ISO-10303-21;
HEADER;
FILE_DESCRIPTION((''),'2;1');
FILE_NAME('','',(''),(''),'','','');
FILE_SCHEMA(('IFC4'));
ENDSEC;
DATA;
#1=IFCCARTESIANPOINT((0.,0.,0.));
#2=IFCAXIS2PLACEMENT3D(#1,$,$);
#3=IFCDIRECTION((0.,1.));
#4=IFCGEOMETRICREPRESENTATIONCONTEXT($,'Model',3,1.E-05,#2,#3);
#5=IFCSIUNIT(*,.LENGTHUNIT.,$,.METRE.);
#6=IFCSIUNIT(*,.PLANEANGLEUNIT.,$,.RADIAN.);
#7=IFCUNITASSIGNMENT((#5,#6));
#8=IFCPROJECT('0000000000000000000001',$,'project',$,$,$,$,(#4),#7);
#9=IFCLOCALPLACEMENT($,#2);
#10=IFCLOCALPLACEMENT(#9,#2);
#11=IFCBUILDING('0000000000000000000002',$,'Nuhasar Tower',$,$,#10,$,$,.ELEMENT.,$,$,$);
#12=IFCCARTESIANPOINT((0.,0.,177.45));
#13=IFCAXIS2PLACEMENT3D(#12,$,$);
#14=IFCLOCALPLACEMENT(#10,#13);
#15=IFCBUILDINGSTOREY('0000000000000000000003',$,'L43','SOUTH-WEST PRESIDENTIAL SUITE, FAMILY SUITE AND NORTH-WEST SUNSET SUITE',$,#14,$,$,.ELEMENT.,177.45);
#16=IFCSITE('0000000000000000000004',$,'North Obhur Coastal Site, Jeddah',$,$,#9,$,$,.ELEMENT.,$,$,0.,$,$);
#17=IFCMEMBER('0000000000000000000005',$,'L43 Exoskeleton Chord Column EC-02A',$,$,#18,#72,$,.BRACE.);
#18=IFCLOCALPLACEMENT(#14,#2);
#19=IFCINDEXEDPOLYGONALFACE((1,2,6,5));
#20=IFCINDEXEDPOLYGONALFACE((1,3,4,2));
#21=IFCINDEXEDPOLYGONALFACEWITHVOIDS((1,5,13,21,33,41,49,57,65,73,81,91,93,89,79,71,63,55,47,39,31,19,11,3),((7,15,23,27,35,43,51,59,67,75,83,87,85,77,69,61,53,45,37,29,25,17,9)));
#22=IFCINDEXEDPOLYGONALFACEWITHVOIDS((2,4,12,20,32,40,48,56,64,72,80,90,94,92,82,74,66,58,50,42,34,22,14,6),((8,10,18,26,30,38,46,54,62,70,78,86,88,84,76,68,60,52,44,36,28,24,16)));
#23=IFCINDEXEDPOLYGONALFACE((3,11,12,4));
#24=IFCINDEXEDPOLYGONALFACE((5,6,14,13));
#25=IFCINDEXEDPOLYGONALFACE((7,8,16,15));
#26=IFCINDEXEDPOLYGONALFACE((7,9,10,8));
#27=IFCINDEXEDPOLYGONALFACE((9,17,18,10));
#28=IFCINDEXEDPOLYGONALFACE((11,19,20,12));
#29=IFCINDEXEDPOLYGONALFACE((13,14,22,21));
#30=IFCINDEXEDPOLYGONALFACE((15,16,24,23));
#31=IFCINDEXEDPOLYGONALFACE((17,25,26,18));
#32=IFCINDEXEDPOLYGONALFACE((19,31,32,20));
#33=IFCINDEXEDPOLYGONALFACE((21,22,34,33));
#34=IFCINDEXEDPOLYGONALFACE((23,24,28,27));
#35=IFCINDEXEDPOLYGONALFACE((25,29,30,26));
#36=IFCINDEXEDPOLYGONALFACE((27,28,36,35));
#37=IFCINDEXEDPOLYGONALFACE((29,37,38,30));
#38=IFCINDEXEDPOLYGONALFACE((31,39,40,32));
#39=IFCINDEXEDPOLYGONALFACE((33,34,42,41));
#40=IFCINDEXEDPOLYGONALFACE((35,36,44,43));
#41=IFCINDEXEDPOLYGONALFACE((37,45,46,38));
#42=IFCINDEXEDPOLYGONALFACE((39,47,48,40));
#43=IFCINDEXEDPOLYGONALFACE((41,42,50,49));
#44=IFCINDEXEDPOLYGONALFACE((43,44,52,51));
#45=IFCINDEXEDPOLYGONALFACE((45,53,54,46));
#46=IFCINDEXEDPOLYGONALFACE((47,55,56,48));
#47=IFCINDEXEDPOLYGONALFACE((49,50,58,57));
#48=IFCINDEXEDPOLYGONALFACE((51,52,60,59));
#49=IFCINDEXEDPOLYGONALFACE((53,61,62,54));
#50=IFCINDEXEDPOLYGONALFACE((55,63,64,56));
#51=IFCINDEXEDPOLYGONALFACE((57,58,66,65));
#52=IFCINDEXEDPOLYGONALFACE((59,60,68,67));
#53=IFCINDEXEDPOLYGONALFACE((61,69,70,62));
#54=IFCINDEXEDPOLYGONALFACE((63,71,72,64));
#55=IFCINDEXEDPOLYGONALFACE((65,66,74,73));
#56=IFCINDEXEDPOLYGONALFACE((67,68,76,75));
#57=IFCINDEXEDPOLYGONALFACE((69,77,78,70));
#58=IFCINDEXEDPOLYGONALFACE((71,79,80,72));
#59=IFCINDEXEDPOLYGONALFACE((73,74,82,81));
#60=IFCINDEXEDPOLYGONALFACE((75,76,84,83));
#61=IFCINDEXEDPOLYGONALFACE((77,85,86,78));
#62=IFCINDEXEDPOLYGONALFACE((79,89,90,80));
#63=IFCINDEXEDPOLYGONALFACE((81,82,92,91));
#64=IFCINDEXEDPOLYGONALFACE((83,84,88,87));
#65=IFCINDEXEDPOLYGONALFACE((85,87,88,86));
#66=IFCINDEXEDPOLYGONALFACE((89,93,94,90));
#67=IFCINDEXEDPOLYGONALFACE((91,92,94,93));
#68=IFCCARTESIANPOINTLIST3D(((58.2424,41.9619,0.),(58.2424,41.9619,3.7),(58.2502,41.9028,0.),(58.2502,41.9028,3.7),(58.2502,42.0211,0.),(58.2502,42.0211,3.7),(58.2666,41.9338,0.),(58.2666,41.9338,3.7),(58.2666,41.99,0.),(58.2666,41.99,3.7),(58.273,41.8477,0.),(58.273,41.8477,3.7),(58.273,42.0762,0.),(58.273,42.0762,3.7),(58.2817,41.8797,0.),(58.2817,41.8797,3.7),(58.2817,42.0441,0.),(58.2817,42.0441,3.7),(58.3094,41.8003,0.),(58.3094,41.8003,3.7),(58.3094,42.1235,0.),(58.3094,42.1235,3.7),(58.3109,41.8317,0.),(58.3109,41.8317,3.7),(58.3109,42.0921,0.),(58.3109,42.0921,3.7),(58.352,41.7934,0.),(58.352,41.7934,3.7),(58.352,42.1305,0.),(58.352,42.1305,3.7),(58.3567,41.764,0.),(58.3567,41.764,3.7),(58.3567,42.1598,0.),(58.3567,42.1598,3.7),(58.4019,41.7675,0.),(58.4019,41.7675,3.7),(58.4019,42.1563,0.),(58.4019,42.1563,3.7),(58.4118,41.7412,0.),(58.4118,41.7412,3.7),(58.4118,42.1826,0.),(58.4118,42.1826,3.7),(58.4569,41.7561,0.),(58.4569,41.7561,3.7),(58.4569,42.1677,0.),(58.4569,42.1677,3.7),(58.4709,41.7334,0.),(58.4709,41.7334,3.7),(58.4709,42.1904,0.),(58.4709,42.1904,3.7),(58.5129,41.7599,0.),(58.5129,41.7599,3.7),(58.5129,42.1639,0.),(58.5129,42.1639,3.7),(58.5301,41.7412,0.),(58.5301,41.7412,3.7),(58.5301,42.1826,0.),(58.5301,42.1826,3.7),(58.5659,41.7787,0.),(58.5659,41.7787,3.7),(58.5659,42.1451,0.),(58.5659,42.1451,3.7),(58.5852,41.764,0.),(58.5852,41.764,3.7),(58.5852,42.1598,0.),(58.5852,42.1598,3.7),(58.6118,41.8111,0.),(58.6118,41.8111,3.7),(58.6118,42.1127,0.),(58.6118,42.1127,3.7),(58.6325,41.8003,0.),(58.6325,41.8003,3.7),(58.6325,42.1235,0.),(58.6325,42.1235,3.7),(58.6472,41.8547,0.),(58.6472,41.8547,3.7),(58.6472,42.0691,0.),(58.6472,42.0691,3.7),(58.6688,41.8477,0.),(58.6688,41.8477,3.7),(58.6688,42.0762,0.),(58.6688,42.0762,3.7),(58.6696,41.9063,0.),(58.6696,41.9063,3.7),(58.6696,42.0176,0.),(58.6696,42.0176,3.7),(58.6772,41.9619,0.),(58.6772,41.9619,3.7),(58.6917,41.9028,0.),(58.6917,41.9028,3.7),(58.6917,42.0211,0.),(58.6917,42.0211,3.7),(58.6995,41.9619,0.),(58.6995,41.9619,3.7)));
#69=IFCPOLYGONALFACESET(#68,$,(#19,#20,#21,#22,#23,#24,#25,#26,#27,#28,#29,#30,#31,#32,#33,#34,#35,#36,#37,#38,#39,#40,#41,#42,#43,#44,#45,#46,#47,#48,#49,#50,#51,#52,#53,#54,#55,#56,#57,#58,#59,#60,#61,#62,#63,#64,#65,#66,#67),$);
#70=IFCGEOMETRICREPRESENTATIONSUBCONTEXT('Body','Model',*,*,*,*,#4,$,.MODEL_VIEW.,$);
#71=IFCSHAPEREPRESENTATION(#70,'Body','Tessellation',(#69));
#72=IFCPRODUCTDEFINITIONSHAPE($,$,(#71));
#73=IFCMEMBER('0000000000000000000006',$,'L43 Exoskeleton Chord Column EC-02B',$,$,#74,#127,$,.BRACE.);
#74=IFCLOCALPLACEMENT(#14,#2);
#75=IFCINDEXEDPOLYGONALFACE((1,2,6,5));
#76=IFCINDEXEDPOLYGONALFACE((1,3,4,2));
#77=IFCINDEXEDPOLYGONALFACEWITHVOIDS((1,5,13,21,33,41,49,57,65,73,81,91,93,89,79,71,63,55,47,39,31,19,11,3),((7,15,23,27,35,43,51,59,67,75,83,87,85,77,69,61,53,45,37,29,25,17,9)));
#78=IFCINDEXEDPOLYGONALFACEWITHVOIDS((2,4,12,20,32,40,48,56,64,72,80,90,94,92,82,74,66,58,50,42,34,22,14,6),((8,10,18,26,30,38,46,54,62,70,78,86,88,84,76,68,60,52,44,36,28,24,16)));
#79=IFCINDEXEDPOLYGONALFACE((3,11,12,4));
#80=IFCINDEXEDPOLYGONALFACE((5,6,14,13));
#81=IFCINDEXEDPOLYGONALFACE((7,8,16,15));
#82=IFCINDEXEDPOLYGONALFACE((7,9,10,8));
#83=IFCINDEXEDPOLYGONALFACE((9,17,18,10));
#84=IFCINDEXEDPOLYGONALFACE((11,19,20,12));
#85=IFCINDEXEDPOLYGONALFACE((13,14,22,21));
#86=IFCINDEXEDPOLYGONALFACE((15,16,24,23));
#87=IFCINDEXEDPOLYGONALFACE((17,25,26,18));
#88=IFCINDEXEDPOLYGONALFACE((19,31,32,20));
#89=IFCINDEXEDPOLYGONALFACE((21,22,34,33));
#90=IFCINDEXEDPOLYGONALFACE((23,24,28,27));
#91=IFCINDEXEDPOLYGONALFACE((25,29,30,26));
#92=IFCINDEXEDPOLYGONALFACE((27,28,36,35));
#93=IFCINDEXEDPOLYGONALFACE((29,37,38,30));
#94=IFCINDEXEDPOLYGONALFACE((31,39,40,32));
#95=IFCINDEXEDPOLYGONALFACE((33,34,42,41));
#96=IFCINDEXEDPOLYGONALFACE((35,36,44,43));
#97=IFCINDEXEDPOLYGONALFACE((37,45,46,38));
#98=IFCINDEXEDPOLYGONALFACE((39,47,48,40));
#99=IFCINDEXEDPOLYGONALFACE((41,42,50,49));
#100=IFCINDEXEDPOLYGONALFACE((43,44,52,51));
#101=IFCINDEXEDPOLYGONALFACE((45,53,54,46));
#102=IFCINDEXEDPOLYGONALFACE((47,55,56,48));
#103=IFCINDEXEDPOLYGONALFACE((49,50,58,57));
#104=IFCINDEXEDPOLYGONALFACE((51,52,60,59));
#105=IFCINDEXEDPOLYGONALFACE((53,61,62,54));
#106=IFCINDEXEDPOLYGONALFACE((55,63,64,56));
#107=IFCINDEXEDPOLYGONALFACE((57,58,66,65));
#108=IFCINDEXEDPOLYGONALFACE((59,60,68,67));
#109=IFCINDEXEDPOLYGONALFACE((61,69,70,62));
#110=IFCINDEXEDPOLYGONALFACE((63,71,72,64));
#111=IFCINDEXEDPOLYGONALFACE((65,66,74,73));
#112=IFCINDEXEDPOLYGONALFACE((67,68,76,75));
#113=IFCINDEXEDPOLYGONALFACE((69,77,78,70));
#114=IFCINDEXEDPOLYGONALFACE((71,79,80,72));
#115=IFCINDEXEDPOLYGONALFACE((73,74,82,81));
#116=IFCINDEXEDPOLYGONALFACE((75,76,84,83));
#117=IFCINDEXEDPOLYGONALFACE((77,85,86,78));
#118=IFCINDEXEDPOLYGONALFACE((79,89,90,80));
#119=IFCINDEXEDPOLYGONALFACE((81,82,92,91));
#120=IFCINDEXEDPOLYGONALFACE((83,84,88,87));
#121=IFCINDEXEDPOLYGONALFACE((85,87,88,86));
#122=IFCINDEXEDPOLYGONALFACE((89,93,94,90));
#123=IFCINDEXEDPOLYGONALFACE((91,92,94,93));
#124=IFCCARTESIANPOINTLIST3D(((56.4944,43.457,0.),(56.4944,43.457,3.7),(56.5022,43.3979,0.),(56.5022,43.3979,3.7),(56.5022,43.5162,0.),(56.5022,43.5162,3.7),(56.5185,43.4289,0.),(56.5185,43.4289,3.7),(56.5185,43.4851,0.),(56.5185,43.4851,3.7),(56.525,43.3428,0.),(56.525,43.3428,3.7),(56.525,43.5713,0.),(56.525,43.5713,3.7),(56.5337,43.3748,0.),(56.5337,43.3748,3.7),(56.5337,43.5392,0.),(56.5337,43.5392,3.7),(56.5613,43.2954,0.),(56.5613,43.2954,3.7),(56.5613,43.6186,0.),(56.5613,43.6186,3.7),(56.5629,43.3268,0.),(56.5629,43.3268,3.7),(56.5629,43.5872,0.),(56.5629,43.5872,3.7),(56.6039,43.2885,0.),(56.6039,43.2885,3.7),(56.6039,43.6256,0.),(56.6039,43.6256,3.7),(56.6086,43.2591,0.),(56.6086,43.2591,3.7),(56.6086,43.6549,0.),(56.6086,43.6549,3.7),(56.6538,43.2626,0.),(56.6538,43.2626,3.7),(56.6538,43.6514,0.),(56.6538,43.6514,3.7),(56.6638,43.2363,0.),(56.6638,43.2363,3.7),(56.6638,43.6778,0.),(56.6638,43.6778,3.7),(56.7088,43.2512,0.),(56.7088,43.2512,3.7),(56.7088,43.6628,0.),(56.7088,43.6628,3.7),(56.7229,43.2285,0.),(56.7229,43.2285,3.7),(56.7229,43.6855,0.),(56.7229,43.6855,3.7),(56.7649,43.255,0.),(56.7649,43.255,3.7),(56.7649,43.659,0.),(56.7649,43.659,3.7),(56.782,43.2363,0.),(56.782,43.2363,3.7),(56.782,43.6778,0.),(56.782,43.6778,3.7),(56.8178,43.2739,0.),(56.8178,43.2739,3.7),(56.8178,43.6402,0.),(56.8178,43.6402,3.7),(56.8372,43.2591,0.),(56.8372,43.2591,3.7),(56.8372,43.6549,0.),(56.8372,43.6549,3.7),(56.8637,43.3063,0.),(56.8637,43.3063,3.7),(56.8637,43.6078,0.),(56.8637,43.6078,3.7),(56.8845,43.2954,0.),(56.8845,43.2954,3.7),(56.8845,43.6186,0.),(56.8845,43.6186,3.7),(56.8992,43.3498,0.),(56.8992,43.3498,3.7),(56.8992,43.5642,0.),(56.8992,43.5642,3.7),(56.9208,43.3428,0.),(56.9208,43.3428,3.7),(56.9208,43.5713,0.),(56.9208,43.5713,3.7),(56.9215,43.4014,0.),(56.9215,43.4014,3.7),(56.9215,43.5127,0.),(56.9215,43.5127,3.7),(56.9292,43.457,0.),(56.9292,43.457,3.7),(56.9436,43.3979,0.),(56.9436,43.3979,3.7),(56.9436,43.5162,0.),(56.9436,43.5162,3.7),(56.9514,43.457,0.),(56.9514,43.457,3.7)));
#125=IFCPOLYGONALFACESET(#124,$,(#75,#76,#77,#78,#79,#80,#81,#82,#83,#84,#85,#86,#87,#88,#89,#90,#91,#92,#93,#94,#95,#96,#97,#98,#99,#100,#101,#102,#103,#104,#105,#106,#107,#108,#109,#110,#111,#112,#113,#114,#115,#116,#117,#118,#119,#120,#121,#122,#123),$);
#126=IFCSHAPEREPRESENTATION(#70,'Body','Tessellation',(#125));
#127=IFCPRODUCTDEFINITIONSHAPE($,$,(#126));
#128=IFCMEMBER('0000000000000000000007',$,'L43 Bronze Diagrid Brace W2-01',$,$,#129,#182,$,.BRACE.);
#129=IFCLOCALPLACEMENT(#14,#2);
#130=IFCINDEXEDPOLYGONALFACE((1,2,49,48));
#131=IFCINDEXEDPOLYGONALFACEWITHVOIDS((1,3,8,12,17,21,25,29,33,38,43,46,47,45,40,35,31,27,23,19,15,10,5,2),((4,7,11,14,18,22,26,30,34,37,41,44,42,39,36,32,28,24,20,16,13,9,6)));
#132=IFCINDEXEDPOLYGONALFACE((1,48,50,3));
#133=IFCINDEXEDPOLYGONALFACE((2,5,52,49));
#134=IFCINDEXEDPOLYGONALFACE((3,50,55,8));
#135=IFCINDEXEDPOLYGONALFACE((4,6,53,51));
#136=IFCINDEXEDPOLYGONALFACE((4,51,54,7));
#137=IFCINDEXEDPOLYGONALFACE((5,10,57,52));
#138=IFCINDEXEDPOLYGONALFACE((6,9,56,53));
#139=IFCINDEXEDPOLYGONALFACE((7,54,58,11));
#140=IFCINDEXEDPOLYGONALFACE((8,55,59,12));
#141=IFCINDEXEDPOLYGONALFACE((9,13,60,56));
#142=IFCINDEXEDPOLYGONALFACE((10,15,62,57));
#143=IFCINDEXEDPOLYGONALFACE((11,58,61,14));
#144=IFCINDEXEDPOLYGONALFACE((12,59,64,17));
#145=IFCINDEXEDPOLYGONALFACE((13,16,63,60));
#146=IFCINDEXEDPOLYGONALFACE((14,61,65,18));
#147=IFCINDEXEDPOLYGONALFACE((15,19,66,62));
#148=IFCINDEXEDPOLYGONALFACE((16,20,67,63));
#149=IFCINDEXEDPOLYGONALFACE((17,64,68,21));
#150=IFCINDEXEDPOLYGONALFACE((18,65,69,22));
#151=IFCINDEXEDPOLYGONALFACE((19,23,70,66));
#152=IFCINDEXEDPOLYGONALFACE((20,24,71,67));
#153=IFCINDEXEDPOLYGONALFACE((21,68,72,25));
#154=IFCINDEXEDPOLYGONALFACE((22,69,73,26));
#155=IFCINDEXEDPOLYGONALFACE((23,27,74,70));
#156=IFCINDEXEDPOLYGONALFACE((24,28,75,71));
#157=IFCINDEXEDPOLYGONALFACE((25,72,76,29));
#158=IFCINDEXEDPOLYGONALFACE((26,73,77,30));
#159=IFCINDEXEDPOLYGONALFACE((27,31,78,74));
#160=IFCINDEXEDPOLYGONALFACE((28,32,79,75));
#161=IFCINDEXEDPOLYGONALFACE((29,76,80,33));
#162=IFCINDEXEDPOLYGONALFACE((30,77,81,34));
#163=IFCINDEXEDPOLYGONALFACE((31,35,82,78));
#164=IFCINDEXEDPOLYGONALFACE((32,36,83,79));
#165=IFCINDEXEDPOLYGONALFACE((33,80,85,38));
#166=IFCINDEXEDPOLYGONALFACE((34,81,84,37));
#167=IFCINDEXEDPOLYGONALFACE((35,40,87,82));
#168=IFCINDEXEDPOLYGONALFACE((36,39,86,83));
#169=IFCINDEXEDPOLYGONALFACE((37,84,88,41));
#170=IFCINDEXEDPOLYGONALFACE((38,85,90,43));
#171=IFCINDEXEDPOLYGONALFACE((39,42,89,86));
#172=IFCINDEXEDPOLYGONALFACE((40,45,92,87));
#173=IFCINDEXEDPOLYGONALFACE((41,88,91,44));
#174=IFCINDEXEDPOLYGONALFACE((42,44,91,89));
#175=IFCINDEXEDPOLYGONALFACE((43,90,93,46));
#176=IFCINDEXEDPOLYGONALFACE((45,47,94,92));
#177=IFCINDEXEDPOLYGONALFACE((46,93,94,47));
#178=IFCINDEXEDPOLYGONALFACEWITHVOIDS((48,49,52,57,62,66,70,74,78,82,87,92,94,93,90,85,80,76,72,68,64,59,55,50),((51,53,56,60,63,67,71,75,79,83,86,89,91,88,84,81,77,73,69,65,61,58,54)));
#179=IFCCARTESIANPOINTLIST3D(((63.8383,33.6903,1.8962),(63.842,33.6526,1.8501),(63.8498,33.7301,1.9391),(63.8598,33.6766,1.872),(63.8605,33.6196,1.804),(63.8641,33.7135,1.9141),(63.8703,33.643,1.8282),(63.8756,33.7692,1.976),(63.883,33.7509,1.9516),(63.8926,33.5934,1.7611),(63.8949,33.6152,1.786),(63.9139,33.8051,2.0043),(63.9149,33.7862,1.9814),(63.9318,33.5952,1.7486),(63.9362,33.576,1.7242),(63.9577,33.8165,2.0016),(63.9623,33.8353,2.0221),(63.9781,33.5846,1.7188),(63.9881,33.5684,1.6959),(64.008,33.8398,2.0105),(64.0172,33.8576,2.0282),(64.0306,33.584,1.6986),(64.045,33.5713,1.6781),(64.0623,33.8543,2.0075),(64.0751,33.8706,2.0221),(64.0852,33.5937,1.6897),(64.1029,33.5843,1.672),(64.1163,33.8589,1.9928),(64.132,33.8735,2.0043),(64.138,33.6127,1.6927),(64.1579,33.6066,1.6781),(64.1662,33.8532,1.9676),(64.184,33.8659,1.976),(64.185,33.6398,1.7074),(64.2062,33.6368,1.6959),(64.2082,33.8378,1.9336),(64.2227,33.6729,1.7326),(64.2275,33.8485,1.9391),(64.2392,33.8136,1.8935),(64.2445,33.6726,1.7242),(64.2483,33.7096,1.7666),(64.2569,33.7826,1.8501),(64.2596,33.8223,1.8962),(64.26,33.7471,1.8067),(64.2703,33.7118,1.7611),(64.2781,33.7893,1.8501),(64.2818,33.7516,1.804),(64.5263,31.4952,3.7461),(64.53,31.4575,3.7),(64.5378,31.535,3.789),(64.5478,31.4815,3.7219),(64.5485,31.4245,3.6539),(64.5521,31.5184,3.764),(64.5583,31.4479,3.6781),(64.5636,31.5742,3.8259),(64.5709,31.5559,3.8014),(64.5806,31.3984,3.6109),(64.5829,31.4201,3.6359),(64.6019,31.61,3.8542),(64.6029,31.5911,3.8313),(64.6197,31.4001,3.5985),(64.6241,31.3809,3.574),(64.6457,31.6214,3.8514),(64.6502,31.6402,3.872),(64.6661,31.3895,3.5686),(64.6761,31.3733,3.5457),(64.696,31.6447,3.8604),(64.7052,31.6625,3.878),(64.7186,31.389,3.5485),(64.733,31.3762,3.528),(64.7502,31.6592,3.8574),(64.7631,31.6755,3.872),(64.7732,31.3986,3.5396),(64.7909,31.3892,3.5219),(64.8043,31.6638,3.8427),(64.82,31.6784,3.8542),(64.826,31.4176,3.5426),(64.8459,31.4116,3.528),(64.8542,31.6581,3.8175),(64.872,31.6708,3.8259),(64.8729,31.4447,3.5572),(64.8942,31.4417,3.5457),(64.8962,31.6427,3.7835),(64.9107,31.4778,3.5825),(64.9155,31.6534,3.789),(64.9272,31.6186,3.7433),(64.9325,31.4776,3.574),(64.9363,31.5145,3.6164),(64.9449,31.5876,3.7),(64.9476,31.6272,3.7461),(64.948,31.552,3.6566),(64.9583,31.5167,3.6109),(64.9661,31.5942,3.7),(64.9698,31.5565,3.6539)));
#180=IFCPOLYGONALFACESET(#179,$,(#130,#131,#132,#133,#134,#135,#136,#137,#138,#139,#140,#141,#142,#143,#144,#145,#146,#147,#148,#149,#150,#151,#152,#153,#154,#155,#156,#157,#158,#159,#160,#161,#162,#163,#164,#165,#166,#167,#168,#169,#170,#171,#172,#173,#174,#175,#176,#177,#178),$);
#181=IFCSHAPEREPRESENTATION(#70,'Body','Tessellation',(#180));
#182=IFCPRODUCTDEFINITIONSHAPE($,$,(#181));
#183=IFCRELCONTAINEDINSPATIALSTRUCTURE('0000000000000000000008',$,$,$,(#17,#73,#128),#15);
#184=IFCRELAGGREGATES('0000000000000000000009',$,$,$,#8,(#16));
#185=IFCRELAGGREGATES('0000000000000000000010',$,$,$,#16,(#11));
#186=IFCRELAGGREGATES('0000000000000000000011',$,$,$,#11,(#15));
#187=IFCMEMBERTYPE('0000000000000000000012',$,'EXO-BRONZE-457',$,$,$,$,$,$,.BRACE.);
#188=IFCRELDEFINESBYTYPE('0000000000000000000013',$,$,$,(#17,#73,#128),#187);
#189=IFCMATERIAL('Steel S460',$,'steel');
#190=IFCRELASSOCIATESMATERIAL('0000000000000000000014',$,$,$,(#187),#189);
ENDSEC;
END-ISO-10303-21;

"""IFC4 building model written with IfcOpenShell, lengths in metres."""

from ifc_helpers import new_model, si_unit, direction, frame, origin, origin_2d, place, context, subcontext, project, spatial, hollow_circle, extrude, material, material_profile, profile_set, type_object, element, save


model = new_model("IFC4")

# Units and contexts
model_context = context("Model", 3, precision=1e-05, world=origin(), true_north=direction((0.0, 1.0)))
body_context = subcontext(model_context, "Body", "Model", "MODEL_VIEW")
ifc_project = project(units=[si_unit("LENGTHUNIT", "METRE"), si_unit("PLANEANGLEUNIT", "RADIAN")], contexts=[model_context])

# Site, building, storey
site_placement = place(None, origin())
site = spatial("IfcSite", under=ifc_project, at=site_placement, Name="North Obhur Coastal Site, Jeddah", CompositionType="ELEMENT", RefElevation=0.0)
building_placement = place(site_placement, origin())
building = spatial("IfcBuilding", under=site, at=building_placement, Name="Nuhasar Tower", CompositionType="ELEMENT")
storey_placement = place(building_placement, frame((0.0, 0.0, 177.45)))
storey = spatial("IfcBuildingStorey", under=building, at=storey_placement, Name="L43", Description="SOUTH-WEST PRESIDENTIAL SUITE, FAMILY SUITE AND NORTH-WEST SUNSET SUITE", CompositionType="ELEMENT", Elevation=177.45)

# Members
ifc_material_1 = material(Name="Steel S460", Category="steel")
ifc_material_profile_1 = material_profile(ifc_material_1, hollow_circle(Radius=0.2285, WallThickness=0.0222, at=origin_2d()), Name="HSS457X22.2")
ifc_profile_set_1 = profile_set([ifc_material_profile_1], Name="Steel S460")
member_type_1 = type_object("IfcMemberType", Name="EXO-BRONZE-457", PredefinedType="BRACE", material=ifc_profile_set_1)
for number, where, z_axis, x_axis, name in (
    (1, (58.4709, 41.9619, 0.0), (0.0, 0.0, 1.0), (1.0, 0.0, 0.0), "L43 Exoskeleton Chord Column EC-02A"),
    (2, (56.7229, 43.457, 0.0), (0.0, 0.0, 1.0), (1.0, 0.0, 0.0), "L43 Exoskeleton Chord Column EC-02B"),
):
    element("IfcMember", number, at=place(storey_placement, frame(where, z_axis=z_axis, x_axis=x_axis)), inside=storey, type_object=member_type_1, Name=name, PredefinedType="BRACE", context=body_context, shape_type="SweptSolid", body=[
        extrude(hollow_circle(Radius=0.2285, WallThickness=0.0222, at=origin_2d()), origin(), (0.0, 0.0, 1.0), 3.7),
    ])
for number, where, z_axis, x_axis, name in (
    (3, (64.0601, 33.7209, 1.8501), (0.233068, -0.743616, 0.626669), (0.954228, 0.299079, 0.0), "L43 Bronze Diagrid Brace W2-01"),
):
    element("IfcMember", number, at=place(storey_placement, frame(where, z_axis=z_axis, x_axis=x_axis)), inside=storey, type_object=member_type_1, Name=name, PredefinedType="BRACE", context=body_context, shape_type="SweptSolid", body=[
        extrude(hollow_circle(Radius=0.2285, WallThickness=0.0222, at=origin_2d()), origin(), (0.0, 0.0, 1.0), 2.9519),
    ])

save(model, "model.ifc")
